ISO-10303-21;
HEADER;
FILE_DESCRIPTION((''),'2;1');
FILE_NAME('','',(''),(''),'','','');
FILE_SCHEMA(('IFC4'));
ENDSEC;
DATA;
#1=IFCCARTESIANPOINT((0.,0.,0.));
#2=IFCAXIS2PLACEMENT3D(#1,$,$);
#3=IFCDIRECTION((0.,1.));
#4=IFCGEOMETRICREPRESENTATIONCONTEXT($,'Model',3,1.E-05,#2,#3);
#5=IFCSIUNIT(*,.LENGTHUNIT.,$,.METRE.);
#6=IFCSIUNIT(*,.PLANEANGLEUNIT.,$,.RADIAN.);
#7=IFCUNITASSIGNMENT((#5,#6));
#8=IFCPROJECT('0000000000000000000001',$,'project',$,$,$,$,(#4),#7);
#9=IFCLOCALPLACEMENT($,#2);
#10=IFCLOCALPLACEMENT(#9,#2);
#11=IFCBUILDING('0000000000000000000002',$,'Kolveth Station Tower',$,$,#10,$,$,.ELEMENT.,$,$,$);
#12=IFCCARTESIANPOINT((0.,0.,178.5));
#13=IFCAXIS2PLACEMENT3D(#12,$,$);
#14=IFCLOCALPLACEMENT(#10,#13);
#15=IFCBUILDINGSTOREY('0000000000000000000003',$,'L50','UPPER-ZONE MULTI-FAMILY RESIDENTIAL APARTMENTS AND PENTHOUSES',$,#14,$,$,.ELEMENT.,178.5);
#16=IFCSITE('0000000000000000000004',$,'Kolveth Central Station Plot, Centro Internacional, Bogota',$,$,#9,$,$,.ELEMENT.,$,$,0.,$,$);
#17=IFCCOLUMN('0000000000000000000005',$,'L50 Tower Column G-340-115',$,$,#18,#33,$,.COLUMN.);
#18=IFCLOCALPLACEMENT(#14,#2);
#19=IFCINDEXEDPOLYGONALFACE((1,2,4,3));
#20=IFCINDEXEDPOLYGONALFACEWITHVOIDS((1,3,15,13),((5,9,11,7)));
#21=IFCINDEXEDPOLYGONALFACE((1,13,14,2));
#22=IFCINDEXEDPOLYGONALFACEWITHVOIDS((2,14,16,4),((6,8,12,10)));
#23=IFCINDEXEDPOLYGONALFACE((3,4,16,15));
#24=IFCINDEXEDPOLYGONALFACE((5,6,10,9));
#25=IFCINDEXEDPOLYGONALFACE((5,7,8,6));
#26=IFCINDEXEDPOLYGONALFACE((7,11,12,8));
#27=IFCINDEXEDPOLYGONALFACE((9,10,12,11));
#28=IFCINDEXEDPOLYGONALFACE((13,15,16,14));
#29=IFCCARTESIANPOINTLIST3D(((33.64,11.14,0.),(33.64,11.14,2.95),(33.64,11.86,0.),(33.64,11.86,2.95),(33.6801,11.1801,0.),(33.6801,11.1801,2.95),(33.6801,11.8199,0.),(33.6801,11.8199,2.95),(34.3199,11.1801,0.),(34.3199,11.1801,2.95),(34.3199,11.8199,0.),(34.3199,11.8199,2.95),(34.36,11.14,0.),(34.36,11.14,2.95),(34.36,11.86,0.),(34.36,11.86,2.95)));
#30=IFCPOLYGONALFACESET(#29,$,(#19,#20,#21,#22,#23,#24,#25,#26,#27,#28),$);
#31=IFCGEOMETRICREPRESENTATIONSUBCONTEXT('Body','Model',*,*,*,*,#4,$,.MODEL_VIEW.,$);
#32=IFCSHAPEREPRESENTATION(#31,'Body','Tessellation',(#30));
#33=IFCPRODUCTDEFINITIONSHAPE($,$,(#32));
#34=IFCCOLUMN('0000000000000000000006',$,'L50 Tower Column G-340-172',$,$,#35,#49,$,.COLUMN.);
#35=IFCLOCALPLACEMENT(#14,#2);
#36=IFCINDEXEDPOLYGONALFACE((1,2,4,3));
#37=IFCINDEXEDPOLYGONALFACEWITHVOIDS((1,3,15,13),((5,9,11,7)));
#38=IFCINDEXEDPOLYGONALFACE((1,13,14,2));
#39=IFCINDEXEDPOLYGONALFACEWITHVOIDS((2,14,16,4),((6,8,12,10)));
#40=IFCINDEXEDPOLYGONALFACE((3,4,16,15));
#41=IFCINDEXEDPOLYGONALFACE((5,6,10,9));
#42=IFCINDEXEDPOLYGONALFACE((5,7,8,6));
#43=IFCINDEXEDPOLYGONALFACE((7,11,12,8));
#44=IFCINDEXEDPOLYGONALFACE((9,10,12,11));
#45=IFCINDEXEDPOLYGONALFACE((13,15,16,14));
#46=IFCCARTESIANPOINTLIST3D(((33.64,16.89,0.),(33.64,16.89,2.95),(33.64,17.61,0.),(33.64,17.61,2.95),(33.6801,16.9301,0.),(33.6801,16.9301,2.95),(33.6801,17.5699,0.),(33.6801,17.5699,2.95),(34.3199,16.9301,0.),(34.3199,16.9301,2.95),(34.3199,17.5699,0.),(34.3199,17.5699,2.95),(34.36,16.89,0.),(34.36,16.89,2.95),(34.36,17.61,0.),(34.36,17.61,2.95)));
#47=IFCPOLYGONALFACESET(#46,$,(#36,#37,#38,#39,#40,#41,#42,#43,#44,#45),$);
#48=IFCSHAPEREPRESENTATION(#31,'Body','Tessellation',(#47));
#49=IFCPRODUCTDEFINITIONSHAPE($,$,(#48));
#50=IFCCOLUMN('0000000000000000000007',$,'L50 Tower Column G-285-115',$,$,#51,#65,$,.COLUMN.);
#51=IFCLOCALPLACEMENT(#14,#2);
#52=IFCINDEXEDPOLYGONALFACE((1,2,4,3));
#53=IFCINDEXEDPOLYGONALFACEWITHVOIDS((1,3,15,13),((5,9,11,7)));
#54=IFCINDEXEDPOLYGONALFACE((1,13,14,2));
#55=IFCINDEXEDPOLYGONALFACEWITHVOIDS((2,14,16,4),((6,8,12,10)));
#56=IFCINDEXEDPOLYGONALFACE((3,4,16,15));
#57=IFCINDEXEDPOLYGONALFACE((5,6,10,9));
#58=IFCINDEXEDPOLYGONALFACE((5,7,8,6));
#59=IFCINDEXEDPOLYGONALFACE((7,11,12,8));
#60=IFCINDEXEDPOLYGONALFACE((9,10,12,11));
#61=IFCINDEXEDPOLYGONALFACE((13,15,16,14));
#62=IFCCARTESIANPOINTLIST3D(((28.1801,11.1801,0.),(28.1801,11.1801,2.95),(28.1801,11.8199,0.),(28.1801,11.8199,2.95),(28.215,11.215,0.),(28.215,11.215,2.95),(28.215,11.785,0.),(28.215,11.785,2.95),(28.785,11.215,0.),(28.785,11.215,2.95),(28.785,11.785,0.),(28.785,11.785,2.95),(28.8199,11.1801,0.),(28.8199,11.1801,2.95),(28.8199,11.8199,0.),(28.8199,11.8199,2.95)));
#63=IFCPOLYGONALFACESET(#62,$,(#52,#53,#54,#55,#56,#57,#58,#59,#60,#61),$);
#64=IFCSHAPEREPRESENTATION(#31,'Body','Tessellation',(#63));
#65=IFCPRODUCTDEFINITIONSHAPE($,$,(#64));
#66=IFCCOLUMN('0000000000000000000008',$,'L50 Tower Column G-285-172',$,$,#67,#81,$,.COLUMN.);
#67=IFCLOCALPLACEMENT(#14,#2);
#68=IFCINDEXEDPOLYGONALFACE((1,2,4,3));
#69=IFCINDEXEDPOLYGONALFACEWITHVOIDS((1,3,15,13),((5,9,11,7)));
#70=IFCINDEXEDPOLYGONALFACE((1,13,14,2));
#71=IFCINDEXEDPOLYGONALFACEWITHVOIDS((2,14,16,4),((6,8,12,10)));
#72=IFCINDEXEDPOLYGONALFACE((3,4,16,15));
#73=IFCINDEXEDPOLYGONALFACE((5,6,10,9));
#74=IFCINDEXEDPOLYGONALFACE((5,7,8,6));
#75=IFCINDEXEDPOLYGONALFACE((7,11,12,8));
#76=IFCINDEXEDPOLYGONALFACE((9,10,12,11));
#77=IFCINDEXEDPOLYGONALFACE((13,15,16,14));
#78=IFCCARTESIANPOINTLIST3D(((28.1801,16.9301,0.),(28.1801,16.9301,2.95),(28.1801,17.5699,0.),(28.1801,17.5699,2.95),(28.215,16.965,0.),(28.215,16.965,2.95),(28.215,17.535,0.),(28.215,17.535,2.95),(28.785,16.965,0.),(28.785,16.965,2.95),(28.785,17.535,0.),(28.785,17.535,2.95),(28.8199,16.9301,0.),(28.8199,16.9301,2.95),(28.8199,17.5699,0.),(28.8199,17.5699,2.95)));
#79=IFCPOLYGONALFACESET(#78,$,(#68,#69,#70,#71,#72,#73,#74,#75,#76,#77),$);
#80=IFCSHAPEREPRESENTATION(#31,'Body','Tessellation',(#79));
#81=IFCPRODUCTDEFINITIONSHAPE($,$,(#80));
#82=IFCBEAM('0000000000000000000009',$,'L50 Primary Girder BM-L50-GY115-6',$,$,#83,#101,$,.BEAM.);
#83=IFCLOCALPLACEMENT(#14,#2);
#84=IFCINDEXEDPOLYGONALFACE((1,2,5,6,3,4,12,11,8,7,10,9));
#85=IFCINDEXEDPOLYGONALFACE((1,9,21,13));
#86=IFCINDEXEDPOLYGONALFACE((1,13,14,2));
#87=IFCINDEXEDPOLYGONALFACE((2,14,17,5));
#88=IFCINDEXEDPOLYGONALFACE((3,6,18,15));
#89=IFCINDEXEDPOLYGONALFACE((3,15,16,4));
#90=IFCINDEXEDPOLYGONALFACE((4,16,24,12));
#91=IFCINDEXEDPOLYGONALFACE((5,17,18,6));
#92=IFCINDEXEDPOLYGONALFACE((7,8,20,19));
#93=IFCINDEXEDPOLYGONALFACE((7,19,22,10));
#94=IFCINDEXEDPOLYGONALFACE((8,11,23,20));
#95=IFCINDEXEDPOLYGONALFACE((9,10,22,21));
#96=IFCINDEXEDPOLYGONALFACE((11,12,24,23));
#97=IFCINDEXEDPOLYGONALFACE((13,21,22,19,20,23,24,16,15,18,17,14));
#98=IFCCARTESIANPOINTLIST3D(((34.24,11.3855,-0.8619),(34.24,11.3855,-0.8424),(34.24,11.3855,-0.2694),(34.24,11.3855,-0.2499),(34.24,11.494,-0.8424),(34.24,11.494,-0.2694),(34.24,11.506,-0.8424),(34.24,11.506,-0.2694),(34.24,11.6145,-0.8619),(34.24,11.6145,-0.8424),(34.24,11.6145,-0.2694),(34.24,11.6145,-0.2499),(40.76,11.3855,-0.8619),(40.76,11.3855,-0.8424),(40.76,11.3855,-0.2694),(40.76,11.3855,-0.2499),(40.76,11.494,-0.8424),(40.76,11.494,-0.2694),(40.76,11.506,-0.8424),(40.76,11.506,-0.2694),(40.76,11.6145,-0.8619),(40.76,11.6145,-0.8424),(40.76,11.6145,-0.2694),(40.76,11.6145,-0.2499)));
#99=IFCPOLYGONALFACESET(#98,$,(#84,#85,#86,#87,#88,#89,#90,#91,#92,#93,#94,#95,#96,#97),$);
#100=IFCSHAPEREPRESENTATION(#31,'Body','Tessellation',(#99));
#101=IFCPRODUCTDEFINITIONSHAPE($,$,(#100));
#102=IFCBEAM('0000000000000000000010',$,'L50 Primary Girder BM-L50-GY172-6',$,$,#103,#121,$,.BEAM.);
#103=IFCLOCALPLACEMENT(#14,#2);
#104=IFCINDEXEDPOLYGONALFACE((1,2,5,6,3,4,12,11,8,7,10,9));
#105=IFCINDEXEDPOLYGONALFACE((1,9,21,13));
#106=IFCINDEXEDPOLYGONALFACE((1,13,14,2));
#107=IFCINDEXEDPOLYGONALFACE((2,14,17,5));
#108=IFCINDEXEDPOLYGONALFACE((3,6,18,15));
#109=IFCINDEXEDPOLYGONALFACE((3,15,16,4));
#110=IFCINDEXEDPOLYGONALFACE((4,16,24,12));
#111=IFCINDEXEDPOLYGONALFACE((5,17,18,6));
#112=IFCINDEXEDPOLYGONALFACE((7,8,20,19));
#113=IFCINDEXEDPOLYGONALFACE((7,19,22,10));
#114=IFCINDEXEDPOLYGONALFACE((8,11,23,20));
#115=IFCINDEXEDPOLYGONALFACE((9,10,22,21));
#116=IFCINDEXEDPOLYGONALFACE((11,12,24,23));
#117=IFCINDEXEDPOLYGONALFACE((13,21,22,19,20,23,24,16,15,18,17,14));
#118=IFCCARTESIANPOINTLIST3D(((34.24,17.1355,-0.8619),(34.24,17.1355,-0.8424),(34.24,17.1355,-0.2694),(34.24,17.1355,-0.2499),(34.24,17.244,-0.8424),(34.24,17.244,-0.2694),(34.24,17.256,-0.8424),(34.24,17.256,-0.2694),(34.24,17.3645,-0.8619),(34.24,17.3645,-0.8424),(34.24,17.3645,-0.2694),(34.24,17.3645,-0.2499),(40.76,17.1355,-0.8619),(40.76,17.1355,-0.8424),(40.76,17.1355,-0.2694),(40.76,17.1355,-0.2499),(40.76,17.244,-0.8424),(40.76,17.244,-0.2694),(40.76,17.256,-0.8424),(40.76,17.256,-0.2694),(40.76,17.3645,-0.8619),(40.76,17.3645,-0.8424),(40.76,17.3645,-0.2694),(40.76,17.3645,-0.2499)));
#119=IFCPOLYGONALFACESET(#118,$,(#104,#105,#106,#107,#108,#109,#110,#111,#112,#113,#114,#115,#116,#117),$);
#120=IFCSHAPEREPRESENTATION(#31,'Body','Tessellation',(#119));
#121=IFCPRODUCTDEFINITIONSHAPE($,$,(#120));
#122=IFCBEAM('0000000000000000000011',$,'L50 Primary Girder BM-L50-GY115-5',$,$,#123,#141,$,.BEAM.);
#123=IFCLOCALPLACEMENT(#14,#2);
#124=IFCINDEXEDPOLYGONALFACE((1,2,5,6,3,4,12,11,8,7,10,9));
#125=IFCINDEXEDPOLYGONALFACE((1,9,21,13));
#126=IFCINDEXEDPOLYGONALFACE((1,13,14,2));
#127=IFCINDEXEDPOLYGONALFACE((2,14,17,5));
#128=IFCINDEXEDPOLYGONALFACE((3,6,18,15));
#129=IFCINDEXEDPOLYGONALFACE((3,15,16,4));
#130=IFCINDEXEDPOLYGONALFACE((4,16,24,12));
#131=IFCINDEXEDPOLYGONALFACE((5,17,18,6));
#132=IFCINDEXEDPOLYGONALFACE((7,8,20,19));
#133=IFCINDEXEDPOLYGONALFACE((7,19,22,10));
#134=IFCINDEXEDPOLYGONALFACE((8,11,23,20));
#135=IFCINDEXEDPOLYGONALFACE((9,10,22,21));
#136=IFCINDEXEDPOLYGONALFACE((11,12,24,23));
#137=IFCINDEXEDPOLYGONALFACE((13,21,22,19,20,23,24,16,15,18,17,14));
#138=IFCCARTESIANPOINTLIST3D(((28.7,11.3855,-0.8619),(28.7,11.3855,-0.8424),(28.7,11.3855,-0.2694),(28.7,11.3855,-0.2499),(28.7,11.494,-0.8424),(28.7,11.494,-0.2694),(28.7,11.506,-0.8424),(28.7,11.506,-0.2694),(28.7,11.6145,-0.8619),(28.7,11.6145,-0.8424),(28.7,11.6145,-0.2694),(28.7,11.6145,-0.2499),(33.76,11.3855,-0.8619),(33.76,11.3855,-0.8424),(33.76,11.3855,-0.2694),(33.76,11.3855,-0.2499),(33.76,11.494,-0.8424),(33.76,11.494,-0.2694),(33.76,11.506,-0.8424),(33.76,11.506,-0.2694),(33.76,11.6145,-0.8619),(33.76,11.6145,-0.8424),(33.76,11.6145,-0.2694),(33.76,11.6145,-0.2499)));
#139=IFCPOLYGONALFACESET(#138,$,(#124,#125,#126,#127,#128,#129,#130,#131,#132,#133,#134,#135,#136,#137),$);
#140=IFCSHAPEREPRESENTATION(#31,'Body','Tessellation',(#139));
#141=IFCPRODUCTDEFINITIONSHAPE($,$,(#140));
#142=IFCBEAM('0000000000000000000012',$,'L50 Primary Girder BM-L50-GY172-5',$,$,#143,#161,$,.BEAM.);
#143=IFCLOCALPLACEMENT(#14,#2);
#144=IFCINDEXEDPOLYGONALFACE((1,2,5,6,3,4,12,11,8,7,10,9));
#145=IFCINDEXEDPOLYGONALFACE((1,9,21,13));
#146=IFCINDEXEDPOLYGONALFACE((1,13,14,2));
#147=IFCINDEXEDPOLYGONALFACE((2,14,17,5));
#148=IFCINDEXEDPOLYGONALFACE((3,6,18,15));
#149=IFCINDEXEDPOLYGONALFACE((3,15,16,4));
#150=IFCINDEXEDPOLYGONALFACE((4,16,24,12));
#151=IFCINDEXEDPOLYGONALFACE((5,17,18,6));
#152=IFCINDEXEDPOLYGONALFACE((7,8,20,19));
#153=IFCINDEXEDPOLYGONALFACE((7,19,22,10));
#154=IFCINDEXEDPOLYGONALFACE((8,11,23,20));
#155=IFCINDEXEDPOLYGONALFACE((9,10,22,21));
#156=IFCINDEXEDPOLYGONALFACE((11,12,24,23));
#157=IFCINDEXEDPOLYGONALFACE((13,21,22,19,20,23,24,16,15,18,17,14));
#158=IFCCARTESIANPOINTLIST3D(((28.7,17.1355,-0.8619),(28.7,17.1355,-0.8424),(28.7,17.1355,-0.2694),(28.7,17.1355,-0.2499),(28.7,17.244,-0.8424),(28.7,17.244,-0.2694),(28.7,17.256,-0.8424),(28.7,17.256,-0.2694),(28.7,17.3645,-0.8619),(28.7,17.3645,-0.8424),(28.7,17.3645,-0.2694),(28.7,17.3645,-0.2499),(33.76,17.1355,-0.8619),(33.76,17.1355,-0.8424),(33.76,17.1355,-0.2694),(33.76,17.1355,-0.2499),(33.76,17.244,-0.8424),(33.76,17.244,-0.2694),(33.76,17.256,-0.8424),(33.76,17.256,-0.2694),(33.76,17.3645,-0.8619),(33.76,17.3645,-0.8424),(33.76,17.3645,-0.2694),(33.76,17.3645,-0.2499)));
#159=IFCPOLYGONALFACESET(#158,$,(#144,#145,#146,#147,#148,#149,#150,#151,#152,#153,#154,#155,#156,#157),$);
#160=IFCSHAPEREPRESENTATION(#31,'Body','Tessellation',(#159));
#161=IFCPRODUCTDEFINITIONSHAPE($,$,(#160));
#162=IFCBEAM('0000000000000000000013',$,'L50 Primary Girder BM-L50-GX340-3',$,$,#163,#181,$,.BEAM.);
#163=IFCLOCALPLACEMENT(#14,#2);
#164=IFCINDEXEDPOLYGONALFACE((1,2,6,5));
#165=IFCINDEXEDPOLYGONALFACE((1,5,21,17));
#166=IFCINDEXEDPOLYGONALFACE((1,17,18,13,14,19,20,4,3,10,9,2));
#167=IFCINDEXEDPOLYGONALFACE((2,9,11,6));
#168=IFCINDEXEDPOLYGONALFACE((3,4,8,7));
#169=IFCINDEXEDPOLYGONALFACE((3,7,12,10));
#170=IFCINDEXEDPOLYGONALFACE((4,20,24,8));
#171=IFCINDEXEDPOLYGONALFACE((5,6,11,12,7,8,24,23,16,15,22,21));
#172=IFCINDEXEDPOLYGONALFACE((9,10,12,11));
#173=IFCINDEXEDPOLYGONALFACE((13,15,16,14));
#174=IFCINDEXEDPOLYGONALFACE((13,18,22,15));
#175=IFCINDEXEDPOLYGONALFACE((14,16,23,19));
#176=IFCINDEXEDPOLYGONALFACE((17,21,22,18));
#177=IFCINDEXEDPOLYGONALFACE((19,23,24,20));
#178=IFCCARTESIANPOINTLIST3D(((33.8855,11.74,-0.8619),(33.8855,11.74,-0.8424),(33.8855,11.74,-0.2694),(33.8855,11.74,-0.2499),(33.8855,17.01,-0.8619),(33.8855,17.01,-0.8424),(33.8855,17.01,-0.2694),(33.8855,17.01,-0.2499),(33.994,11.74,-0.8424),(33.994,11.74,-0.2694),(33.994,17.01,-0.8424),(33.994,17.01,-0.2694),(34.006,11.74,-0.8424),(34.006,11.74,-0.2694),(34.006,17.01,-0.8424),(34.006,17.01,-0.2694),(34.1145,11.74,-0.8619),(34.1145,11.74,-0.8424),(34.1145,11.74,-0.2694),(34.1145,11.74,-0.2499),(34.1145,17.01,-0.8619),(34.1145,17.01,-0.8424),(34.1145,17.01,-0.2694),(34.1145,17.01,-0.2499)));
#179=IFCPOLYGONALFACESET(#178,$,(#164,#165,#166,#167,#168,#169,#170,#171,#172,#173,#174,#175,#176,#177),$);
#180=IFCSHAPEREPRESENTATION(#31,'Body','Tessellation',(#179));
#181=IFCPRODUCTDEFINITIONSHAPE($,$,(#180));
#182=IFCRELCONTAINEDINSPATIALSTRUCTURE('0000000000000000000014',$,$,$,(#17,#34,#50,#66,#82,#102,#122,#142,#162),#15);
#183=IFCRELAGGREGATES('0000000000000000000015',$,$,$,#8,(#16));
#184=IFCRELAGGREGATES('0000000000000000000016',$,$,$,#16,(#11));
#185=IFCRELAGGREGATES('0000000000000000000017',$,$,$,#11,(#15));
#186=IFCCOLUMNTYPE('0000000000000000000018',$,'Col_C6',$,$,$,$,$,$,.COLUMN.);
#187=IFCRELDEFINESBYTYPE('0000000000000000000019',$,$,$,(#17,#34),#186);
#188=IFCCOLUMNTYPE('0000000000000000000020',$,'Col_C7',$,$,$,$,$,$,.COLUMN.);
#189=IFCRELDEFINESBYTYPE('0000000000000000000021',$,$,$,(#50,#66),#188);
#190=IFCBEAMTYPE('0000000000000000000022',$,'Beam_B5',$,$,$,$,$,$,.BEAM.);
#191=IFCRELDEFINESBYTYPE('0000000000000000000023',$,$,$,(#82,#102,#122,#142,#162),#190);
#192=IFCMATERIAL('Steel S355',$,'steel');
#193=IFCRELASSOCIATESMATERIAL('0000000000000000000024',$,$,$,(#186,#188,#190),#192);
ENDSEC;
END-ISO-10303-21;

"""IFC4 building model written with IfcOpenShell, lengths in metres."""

from ifc_helpers import new_model, si_unit, direction, frame, origin, origin_2d, place, context, subcontext, project, spatial, hollow_rectangle, i_section, extrude, source, transform, mapped, material, material_profile, profile_set, type_object, element, save


model = new_model("IFC4")

# Units and contexts
model_context = context("Model", 3, precision=1e-05, world=origin(), true_north=direction((0.0, 1.0)))
body_context = subcontext(model_context, "Body", "Model", "MODEL_VIEW")
ifc_project = project(units=[si_unit("LENGTHUNIT", "METRE"), si_unit("PLANEANGLEUNIT", "RADIAN")], contexts=[model_context])

# Site, building, storey
site_placement = place(None, origin())
site = spatial("IfcSite", under=ifc_project, at=site_placement, Name="Kolveth Central Station Plot, Centro Internacional, Bogota", CompositionType="ELEMENT", RefElevation=0.0)
building_placement = place(site_placement, origin())
building = spatial("IfcBuilding", under=site, at=building_placement, Name="Kolveth Station Tower", CompositionType="ELEMENT")
storey_placement = place(building_placement, frame((0.0, 0.0, 178.5)))
storey = spatial("IfcBuildingStorey", under=building, at=storey_placement, Name="L50", Description="UPPER-ZONE MULTI-FAMILY RESIDENTIAL APARTMENTS AND PENTHOUSES", CompositionType="ELEMENT", Elevation=178.5)

# Columns
ifc_material_1 = material(Name="Steel S355", Category="steel")
ifc_material_profile_1 = material_profile(ifc_material_1, hollow_rectangle(XDim=0.72, YDim=0.72, WallThickness=0.04, at=origin_2d()), Name="BOX720x720x40")
ifc_profile_set_1 = profile_set([ifc_material_profile_1], Name="Steel S355")
column_type_1 = type_object("IfcColumnType", Name="Col_C6", PredefinedType="COLUMN", material=ifc_profile_set_1)
shared_shape_1 = source(origin(), body_context, "Body", "SweptSolid", [
    extrude(hollow_rectangle(XDim=0.72, YDim=0.72, WallThickness=0.04, at=origin_2d()), origin(), (0.0, 0.0, 1.0), 2.95),
])
for number, where, z_axis, x_axis, name in (
    (1, (34.0, 11.5, 0.0), (0.0, 0.0, 1.0), (1.0, 0.0, 0.0), "L50 Tower Column G-340-115"),
    (2, (34.0, 17.25, 0.0), (0.0, 0.0, 1.0), (1.0, 0.0, 0.0), "L50 Tower Column G-340-172"),
):
    element("IfcColumn", number, at=place(storey_placement, frame(where, z_axis=z_axis, x_axis=x_axis)), inside=storey, type_object=column_type_1, Name=name, PredefinedType="COLUMN", context=body_context, shape_type="MappedRepresentation", body=[
        mapped(shared_shape_1, transform((0.0, 0.0, 0.0), x_axis=(1.0, 0.0, 0.0), y_axis=(0.0, 1.0, 0.0), z_axis=(0.0, 0.0, 1.0), scale=1.0)),
    ])
ifc_material_profile_2 = material_profile(ifc_material_1, hollow_rectangle(XDim=0.6399, YDim=0.6399, WallThickness=0.0349, at=origin_2d()), Name="BOX640x640x35")
ifc_profile_set_2 = profile_set([ifc_material_profile_2], Name="Steel S355")
column_type_2 = type_object("IfcColumnType", Name="Col_C7", PredefinedType="COLUMN", material=ifc_profile_set_2)
shared_shape_2 = source(origin(), body_context, "Body", "SweptSolid", [
    extrude(hollow_rectangle(XDim=0.6399, YDim=0.6399, WallThickness=0.0349, at=origin_2d()), origin(), (0.0, 0.0, 1.0), 2.95),
])
for number, where, z_axis, x_axis, name in (
    (3, (28.5, 11.5, 0.0), (0.0, 0.0, 1.0), (1.0, 0.0, 0.0), "L50 Tower Column G-285-115"),
    (4, (28.5, 17.25, 0.0), (0.0, 0.0, 1.0), (1.0, 0.0, 0.0), "L50 Tower Column G-285-172"),
):
    element("IfcColumn", number, at=place(storey_placement, frame(where, z_axis=z_axis, x_axis=x_axis)), inside=storey, type_object=column_type_2, Name=name, PredefinedType="COLUMN", context=body_context, shape_type="MappedRepresentation", body=[
        mapped(shared_shape_2, transform((0.0, 0.0, 0.0), x_axis=(1.0, 0.0, 0.0), y_axis=(0.0, 1.0, 0.0), z_axis=(0.0, 0.0, 1.0), scale=1.0)),
    ])

# Beams
ifc_material_profile_3 = material_profile(ifc_material_1, i_section(OverallWidth=0.229, OverallDepth=0.6121, WebThickness=0.012, FlangeThickness=0.0195, at=origin_2d()), Name="W610x125")
ifc_profile_set_3 = profile_set([ifc_material_profile_3], Name="Steel S355")
beam_type_1 = type_object("IfcBeamType", Name="Beam_B5", PredefinedType="BEAM", material=ifc_profile_set_3)
shared_shape_3 = source(origin(), body_context, "Body", "SweptSolid", [
    extrude(i_section(OverallWidth=0.229, OverallDepth=0.6121, WebThickness=0.012, FlangeThickness=0.0195, at=origin_2d()), origin(), (0.0, 0.0, 1.0), 6.52),
])
for number, where, z_axis, x_axis, name in (
    (5, (34.24, 11.5, -0.5559), (1.0, 0.0, 0.0), (0.0, 1.0, 0.0), "L50 Primary Girder BM-L50-GY115-6"),
    (6, (34.24, 17.25, -0.5559), (1.0, 0.0, 0.0), (0.0, 1.0, 0.0), "L50 Primary Girder BM-L50-GY172-6"),
):
    element("IfcBeam", number, at=place(storey_placement, frame(where, z_axis=z_axis, x_axis=x_axis)), inside=storey, type_object=beam_type_1, Name=name, PredefinedType="BEAM", context=body_context, shape_type="MappedRepresentation", body=[
        mapped(shared_shape_3, transform((0.0, 0.0, 0.0), x_axis=(1.0, 0.0, 0.0), y_axis=(0.0, 1.0, 0.0), z_axis=(0.0, 0.0, 1.0), scale=1.0)),
    ])
shared_shape_4 = source(origin(), body_context, "Body", "SweptSolid", [
    extrude(i_section(OverallWidth=0.229, OverallDepth=0.6121, WebThickness=0.012, FlangeThickness=0.0195, at=origin_2d()), origin(), (0.0, 0.0, 1.0), 5.0601),
])
for number, where, z_axis, x_axis, name in (
    (7, (28.7, 11.5, -0.5559), (1.0, 0.0, 0.0), (0.0, 1.0, 0.0), "L50 Primary Girder BM-L50-GY115-5"),
    (8, (28.7, 17.25, -0.5559), (1.0, 0.0, 0.0), (0.0, 1.0, 0.0), "L50 Primary Girder BM-L50-GY172-5"),
):
    element("IfcBeam", number, at=place(storey_placement, frame(where, z_axis=z_axis, x_axis=x_axis)), inside=storey, type_object=beam_type_1, Name=name, PredefinedType="BEAM", context=body_context, shape_type="MappedRepresentation", body=[
        mapped(shared_shape_4, transform((0.0, 0.0, 0.0), x_axis=(1.0, 0.0, 0.0), y_axis=(0.0, 1.0, 0.0), z_axis=(0.0, 0.0, 1.0), scale=1.0)),
    ])
shared_shape_5 = source(origin(), body_context, "Body", "SweptSolid", [
    extrude(i_section(OverallWidth=0.229, OverallDepth=0.6121, WebThickness=0.012, FlangeThickness=0.0195, at=origin_2d()), origin(), (0.0, 0.0, 1.0), 5.27),
])
for number, where, z_axis, x_axis, name in (
    (9, (34.0, 11.74, -0.5559), (0.0, 1.0, 0.0), (-1.0, 0.0, 0.0), "L50 Primary Girder BM-L50-GX340-3"),
):
    element("IfcBeam", number, at=place(storey_placement, frame(where, z_axis=z_axis, x_axis=x_axis)), inside=storey, type_object=beam_type_1, Name=name, PredefinedType="BEAM", context=body_context, shape_type="MappedRepresentation", body=[
        mapped(shared_shape_5, transform((0.0, 0.0, 0.0), x_axis=(1.0, 0.0, 0.0), y_axis=(0.0, 1.0, 0.0), z_axis=(0.0, 0.0, 1.0), scale=1.0)),
    ])

save(model, "model.ifc")
